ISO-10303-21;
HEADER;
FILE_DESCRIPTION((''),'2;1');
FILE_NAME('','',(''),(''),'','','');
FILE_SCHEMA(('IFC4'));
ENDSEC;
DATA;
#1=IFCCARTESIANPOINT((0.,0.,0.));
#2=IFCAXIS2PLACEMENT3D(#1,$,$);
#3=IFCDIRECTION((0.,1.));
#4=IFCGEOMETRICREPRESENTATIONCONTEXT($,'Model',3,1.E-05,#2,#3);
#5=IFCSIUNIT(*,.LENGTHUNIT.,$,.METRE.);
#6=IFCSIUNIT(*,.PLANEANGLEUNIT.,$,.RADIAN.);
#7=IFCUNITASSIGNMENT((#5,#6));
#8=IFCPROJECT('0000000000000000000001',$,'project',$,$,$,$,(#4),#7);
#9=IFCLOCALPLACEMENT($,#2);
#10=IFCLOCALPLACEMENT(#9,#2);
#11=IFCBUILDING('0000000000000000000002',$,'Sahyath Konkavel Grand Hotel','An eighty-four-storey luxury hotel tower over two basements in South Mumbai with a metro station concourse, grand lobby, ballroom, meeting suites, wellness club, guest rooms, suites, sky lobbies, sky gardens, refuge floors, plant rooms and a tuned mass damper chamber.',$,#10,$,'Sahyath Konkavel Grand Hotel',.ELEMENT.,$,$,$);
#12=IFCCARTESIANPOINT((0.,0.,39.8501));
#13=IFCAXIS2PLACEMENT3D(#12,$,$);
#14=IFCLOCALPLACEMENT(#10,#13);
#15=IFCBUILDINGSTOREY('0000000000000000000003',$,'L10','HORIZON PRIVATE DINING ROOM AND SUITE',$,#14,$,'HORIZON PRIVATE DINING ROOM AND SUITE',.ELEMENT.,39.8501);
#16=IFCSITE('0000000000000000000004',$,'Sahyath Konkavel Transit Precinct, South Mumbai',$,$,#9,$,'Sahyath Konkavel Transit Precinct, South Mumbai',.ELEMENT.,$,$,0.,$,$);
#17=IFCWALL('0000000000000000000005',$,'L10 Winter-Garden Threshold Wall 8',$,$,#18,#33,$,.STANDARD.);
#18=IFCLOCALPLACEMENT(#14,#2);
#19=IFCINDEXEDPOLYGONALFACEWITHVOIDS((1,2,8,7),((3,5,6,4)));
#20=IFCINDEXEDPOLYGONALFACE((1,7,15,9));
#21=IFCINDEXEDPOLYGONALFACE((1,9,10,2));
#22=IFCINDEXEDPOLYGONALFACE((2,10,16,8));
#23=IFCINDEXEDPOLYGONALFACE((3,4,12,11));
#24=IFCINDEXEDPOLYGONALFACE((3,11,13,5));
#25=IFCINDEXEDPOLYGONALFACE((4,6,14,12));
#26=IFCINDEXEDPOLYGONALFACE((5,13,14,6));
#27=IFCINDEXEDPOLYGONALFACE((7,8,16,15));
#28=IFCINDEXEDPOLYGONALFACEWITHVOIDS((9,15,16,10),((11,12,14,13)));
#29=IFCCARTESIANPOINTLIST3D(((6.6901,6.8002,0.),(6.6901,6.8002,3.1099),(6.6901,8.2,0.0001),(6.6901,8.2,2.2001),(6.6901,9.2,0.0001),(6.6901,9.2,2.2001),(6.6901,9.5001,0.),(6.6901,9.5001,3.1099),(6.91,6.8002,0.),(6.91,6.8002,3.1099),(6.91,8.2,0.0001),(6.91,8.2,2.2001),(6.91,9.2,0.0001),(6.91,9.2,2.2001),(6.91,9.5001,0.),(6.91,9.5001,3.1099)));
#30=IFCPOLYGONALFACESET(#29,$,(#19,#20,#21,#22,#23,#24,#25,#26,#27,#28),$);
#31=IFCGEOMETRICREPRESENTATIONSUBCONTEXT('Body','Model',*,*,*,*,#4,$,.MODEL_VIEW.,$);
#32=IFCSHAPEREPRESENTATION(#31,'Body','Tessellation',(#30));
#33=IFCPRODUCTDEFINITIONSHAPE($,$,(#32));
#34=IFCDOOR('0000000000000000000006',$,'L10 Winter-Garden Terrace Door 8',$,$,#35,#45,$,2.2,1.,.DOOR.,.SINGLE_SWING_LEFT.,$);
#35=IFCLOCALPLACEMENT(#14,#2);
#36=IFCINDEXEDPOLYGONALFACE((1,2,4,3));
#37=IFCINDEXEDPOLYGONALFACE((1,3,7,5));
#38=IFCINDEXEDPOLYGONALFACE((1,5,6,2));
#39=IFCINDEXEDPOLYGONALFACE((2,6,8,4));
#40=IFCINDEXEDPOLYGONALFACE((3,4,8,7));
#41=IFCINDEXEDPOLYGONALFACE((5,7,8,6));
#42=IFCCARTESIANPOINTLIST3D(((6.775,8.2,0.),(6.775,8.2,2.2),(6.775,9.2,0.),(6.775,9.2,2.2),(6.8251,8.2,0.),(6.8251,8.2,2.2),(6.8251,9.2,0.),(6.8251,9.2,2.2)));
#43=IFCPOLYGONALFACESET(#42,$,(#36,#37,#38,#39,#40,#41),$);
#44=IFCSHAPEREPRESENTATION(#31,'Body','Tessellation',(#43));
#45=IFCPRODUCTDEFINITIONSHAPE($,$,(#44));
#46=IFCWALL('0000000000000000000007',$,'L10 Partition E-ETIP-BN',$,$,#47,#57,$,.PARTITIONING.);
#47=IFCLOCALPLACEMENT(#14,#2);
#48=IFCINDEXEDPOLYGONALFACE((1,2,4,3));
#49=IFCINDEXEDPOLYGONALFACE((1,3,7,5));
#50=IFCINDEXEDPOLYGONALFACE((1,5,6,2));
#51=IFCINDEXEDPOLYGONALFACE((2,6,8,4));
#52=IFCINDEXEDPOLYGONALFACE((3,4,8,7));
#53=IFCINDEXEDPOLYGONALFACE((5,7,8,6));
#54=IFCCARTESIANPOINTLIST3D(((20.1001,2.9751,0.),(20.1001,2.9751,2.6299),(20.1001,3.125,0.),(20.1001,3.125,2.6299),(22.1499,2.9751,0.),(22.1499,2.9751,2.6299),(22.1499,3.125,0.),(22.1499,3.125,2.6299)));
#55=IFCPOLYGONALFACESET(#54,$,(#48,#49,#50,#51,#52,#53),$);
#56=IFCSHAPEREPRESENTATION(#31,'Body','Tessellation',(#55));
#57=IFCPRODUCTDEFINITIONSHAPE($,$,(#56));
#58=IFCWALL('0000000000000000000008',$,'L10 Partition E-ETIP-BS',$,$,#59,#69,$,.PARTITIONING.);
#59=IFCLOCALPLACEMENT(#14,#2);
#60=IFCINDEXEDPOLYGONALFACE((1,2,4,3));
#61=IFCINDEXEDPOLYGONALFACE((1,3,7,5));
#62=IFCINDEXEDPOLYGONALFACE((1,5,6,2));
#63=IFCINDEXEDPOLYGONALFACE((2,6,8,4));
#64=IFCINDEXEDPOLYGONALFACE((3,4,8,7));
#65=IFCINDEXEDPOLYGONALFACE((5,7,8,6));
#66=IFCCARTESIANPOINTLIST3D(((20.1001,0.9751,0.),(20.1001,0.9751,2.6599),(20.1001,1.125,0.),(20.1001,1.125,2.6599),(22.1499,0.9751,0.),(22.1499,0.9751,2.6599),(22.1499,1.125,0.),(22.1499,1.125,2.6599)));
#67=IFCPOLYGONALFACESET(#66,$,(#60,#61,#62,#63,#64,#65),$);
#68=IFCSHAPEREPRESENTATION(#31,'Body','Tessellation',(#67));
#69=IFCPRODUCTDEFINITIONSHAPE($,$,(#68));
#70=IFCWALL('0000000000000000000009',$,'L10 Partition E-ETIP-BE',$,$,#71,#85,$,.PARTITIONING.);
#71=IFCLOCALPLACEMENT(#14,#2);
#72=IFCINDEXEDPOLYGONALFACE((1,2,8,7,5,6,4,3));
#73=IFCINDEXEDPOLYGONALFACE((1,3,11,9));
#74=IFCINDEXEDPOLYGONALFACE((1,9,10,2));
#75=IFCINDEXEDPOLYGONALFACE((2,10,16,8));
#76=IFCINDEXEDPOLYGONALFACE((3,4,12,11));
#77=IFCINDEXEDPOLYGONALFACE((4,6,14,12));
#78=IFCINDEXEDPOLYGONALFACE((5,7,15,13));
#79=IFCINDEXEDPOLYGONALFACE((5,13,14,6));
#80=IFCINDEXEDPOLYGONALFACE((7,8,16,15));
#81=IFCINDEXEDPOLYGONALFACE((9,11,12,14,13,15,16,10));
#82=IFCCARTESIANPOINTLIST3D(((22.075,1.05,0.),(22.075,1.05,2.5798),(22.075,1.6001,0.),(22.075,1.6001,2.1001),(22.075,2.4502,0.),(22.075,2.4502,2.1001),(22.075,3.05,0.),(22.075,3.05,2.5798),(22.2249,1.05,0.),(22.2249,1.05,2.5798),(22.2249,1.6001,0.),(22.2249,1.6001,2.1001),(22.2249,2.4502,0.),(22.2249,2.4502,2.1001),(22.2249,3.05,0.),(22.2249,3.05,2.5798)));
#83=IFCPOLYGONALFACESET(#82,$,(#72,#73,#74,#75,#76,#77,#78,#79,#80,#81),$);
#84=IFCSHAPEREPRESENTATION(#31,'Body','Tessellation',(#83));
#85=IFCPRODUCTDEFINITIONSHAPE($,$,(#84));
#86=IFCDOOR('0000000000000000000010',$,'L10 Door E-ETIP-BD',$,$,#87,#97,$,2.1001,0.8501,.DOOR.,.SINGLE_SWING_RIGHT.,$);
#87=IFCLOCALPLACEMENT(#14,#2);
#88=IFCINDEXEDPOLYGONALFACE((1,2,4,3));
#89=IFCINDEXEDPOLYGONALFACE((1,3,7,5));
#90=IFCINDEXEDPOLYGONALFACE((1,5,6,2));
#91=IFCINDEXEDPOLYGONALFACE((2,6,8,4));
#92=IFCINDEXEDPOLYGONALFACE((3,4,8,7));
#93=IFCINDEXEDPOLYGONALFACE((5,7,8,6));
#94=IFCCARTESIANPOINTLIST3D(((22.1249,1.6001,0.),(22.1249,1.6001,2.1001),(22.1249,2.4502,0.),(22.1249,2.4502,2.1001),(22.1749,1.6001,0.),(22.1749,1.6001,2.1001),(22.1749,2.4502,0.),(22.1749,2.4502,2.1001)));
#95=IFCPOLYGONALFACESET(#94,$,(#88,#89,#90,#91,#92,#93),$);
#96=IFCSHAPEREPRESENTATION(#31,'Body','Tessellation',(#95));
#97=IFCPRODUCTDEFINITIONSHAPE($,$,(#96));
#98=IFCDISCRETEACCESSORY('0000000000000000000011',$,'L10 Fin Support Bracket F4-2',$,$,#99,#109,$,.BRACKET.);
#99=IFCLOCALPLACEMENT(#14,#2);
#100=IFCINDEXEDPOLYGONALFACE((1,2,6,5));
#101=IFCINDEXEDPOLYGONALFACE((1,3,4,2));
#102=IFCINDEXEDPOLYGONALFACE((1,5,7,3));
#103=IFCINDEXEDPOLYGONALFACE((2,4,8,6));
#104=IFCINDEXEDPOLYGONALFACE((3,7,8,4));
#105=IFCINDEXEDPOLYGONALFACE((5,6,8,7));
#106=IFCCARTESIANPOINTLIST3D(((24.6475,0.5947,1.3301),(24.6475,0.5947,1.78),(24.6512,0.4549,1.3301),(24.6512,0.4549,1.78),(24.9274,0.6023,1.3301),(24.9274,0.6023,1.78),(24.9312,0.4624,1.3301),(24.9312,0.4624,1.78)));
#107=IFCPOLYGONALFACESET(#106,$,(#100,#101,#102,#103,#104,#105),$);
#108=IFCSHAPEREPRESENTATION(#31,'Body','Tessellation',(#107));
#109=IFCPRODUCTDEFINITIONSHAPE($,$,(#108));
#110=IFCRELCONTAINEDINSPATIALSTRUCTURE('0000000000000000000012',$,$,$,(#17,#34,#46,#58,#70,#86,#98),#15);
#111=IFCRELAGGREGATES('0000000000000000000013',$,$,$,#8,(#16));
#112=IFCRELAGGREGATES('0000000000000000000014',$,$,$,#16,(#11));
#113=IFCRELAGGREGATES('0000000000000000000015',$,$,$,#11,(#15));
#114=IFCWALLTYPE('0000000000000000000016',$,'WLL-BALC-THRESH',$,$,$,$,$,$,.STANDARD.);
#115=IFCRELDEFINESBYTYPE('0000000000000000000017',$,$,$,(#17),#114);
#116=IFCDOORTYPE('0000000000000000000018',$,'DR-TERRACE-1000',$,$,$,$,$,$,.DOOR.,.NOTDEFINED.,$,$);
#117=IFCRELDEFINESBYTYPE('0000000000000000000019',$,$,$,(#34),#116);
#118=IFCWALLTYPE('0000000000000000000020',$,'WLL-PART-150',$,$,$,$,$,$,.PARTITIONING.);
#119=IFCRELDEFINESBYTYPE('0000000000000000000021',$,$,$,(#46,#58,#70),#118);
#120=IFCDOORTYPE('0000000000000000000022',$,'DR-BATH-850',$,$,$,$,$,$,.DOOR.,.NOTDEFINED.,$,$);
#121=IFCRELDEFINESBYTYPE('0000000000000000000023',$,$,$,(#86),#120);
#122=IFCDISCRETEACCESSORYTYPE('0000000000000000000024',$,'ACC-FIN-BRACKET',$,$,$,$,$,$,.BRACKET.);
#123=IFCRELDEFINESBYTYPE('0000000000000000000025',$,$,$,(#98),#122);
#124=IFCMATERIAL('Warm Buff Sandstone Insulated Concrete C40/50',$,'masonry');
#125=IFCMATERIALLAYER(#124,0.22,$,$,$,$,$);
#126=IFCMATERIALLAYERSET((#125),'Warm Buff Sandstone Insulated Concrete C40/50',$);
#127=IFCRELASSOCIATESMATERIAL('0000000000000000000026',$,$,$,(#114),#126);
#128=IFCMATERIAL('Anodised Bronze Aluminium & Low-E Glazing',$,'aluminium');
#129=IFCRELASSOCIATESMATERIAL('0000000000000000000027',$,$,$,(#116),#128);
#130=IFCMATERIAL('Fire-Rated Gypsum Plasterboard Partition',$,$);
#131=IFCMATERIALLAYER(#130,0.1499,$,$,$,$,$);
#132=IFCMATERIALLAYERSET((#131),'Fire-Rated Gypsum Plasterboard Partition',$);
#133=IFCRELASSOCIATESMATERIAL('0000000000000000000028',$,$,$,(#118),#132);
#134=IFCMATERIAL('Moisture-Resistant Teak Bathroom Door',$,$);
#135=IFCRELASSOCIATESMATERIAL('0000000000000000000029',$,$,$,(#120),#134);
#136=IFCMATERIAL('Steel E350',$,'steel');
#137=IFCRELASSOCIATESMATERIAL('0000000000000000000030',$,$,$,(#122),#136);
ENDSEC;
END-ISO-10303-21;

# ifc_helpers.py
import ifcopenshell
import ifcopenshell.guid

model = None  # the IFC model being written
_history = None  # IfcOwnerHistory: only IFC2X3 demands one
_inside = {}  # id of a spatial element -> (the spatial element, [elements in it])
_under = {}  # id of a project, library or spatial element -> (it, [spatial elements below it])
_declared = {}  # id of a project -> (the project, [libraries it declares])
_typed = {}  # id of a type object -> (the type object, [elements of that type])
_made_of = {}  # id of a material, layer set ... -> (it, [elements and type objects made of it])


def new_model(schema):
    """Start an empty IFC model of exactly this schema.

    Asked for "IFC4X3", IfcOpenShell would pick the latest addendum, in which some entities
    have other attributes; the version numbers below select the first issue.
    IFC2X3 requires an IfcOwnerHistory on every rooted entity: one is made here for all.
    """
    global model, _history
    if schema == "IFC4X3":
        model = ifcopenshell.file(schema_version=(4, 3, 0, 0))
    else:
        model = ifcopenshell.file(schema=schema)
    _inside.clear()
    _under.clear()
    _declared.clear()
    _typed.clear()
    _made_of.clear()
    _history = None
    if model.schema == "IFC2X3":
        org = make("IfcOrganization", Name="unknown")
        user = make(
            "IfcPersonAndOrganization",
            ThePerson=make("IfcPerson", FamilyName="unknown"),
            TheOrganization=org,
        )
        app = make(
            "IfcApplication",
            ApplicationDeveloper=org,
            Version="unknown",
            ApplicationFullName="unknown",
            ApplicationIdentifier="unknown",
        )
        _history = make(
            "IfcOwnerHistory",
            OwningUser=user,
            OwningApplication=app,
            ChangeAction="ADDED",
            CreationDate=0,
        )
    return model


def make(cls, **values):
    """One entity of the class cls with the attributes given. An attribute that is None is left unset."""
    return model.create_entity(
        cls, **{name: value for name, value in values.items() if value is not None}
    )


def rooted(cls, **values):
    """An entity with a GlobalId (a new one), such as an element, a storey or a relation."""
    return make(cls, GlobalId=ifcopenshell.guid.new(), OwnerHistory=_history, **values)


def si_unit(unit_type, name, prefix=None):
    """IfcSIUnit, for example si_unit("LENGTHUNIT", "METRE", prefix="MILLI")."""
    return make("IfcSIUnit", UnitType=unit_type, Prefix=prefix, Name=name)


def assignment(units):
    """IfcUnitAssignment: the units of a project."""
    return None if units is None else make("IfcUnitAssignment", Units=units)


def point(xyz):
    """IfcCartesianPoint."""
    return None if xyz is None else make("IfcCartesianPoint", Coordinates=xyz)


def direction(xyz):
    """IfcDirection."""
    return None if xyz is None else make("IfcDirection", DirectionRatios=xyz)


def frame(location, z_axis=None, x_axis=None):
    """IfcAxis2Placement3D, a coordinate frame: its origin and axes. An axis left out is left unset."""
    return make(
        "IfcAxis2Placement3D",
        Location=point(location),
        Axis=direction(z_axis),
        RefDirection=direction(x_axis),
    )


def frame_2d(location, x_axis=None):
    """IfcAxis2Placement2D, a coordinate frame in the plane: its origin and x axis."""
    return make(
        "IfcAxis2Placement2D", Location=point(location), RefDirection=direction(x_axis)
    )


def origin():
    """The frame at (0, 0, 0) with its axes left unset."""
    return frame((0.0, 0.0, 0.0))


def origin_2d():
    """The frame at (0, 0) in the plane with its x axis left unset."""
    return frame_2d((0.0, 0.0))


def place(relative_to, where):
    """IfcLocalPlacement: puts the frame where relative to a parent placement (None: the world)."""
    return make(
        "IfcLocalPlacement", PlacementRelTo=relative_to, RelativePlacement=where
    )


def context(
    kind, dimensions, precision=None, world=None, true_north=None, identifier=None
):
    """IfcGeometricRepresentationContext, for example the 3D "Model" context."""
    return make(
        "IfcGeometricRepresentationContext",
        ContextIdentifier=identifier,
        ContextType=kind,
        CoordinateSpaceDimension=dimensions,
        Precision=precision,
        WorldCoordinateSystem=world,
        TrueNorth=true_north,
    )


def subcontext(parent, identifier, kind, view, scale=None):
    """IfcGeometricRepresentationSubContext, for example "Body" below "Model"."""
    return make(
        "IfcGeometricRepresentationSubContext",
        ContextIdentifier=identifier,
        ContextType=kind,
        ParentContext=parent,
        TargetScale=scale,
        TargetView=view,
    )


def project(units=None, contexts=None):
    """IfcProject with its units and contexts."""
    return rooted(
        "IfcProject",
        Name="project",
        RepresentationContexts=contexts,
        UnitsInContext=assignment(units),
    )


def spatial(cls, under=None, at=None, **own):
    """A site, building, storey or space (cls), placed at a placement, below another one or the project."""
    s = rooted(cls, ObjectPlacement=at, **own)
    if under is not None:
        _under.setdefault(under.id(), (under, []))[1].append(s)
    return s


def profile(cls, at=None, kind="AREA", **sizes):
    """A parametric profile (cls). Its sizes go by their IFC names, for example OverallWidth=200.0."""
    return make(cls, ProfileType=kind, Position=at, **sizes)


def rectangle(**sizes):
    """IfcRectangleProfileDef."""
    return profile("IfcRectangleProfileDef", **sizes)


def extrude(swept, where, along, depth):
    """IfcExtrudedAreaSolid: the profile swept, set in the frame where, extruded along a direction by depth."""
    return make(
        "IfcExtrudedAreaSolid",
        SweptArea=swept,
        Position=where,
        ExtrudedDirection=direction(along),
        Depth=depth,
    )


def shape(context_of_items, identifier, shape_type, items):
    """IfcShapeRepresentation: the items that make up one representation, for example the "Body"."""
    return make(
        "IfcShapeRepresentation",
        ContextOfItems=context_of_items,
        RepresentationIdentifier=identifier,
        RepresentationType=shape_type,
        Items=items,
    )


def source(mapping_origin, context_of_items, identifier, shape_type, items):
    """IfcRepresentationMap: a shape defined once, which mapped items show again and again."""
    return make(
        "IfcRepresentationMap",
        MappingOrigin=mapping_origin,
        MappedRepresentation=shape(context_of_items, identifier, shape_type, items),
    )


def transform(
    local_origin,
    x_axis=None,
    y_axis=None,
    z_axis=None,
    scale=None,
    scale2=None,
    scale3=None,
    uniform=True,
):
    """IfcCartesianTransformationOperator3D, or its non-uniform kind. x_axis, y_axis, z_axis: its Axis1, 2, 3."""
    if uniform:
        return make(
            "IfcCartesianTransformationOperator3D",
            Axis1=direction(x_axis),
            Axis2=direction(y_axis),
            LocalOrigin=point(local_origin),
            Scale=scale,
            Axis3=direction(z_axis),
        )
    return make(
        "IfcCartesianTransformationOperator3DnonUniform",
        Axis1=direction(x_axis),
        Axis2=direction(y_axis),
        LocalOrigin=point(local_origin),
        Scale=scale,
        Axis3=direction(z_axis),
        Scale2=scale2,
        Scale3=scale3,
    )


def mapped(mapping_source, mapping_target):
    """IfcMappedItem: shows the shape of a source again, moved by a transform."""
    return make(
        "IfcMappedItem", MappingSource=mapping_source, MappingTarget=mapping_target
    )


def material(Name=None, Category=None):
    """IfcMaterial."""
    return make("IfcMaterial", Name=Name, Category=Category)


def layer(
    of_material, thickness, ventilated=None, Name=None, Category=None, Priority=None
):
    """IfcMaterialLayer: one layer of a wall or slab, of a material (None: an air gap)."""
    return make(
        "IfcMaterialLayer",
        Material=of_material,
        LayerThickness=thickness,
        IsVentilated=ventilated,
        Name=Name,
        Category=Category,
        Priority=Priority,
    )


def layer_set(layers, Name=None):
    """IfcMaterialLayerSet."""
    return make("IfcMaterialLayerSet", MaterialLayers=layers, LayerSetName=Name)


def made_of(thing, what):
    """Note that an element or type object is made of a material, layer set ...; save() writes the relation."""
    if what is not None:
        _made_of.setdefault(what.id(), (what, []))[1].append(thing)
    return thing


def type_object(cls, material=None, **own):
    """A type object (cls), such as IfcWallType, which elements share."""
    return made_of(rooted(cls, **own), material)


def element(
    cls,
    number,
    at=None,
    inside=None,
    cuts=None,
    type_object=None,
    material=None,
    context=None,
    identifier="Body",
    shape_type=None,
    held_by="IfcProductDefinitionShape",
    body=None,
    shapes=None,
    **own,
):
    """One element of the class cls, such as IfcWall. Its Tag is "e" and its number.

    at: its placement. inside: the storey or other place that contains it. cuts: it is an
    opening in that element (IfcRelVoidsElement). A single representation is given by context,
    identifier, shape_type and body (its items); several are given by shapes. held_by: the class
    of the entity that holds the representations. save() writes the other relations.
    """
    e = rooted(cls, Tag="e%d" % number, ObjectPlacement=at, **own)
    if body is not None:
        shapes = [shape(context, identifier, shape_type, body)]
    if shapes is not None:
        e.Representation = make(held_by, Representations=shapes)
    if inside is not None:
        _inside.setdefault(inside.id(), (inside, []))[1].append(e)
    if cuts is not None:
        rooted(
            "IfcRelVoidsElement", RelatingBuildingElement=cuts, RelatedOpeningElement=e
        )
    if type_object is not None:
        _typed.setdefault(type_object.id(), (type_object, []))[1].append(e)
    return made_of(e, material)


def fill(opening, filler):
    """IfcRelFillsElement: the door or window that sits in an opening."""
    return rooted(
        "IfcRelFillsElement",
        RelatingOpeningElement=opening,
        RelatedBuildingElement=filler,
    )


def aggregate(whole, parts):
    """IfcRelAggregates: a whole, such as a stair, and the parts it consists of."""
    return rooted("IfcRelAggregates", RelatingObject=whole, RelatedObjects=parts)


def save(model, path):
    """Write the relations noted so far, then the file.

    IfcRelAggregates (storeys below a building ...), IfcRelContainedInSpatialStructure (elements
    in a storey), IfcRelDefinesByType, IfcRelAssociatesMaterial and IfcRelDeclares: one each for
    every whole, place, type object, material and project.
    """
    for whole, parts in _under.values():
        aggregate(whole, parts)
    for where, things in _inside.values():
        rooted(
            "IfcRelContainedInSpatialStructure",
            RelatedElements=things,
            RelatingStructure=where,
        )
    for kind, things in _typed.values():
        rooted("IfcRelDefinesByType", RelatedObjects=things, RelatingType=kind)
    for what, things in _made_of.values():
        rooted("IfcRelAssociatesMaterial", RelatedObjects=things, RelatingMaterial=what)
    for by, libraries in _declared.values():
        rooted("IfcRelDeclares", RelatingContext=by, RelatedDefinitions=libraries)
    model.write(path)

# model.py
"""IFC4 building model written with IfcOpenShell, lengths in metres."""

from ifc_helpers import new_model, si_unit, direction, frame, frame_2d, origin, origin_2d, place, context, subcontext, project, spatial, rectangle, extrude, source, transform, mapped, material, layer, layer_set, type_object, element, fill, save


model = new_model("IFC4")

# Units and contexts
model_context = context("Model", 3, precision=1e-05, world=origin(), true_north=direction((0.0, 1.0)))
body_context = subcontext(model_context, "Body", "Model", "MODEL_VIEW")
ifc_project = project(units=[si_unit("LENGTHUNIT", "METRE"), si_unit("PLANEANGLEUNIT", "RADIAN")], contexts=[model_context])

# Site, building, storey
site_placement = place(None, origin())
site = spatial("IfcSite", under=ifc_project, at=site_placement, Name="Sahyath Konkavel Transit Precinct, South Mumbai", LongName="Sahyath Konkavel Transit Precinct, South Mumbai", CompositionType="ELEMENT", RefElevation=0.0)
building_placement = place(site_placement, origin())
building = spatial("IfcBuilding", under=site, at=building_placement, Name="Sahyath Konkavel Grand Hotel", Description="An eighty-four-storey luxury hotel tower over two basements in South Mumbai with a metro station concourse, grand lobby, ballroom, meeting suites, wellness club, guest rooms, suites, sky lobbies, sky gardens, refuge floors, plant rooms and a tuned mass damper chamber.", LongName="Sahyath Konkavel Grand Hotel", CompositionType="ELEMENT")
storey_placement = place(building_placement, frame((0.0, 0.0, 39.8501)))
storey = spatial("IfcBuildingStorey", under=building, at=storey_placement, Name="L10", Description="HORIZON PRIVATE DINING ROOM AND SUITE", LongName="HORIZON PRIVATE DINING ROOM AND SUITE", CompositionType="ELEMENT", Elevation=39.8501)

# Shared definitions
ifc_material_1 = material(Name="Steel E350", Category="steel")

# Shared definitions
ifc_material_2 = material(Name="Anodised Bronze Aluminium & Low-E Glazing", Category="aluminium")

# Shared definitions
ifc_material_3 = material(Name="Warm Buff Sandstone Insulated Concrete C40/50", Category="masonry")
ifc_layer_1 = layer(ifc_material_3, 0.22)
ifc_layer_set_1 = layer_set([ifc_layer_1], Name="Warm Buff Sandstone Insulated Concrete C40/50")
wall_type_1 = type_object("IfcWallType", Name="WLL-BALC-THRESH", PredefinedType="STANDARD", material=ifc_layer_set_1)

# Wall, opening, door
wall_1_placement = place(storey_placement, frame((6.8, 6.8, 0.0), z_axis=(0.0, 0.0, 1.0), x_axis=(0.0, 1.0, 0.0)))
wall_1 = element("IfcWall", 1, at=wall_1_placement, inside=storey, type_object=wall_type_1, Name="L10 Winter-Garden Threshold Wall 8", PredefinedType="STANDARD", context=body_context, shape_type="SweptSolid", body=[
    extrude(rectangle(XDim=2.7, YDim=0.22, at=frame_2d((1.3501, 0.0))), origin(), (0.0, 0.0, 1.0), 3.1099),
])
opening_1_placement = place(wall_1_placement, frame((1.3999, 0.0, 0.0)))
opening_1 = element("IfcOpeningElement", 2, at=opening_1_placement, cuts=wall_1, PredefinedType="OPENING", context=body_context, shape_type="SweptSolid", body=[
    extrude(rectangle(XDim=1.0, YDim=2.2, at=frame_2d((0.5, 1.1001))), frame((0.0, 0.1201, 0.0), z_axis=(0.0, -1.0, 0.0), x_axis=(1.0, 0.0, 0.0)), (0.0, 0.0, 1.0), 0.24),
])
door_type_1 = type_object("IfcDoorType", Name="DR-TERRACE-1000", OperationType="NOTDEFINED", PredefinedType="DOOR", material=ifc_material_2)
shared_shape_1 = source(origin(), body_context, "Body", "SweptSolid", [
    extrude(rectangle(XDim=1.0, YDim=0.05, at=origin_2d()), origin(), (0.0, 0.0, 1.0), 2.2),
])
door_1_placement = place(opening_1_placement, frame((0.5, 0.0, 0.0)))
door_1 = element("IfcDoor", 3, at=door_1_placement, inside=storey, type_object=door_type_1, Name="L10 Winter-Garden Terrace Door 8", OperationType="SINGLE_SWING_LEFT", OverallHeight=2.2, OverallWidth=1.0, PredefinedType="DOOR", context=body_context, shape_type="MappedRepresentation", body=[
    mapped(shared_shape_1, transform((0.0, 0.0, 0.0), scale=1.0)),
])
fill(opening_1, door_1)

# Walls
ifc_material_4 = material(Name="Fire-Rated Gypsum Plasterboard Partition")
ifc_layer_2 = layer(ifc_material_4, 0.1499)
ifc_layer_set_2 = layer_set([ifc_layer_2], Name="Fire-Rated Gypsum Plasterboard Partition")
wall_type_2 = type_object("IfcWallType", Name="WLL-PART-150", PredefinedType="PARTITIONING", material=ifc_layer_set_2)
wall_2_placement = place(storey_placement, frame((20.1001, 3.05, 0.0), z_axis=(0.0, 0.0, 1.0), x_axis=(1.0, 0.0, 0.0)))
element("IfcWall", 4, at=wall_2_placement, inside=storey, type_object=wall_type_2, Name="L10 Partition E-ETIP-BN", PredefinedType="PARTITIONING", context=body_context, shape_type="SweptSolid", body=[
    extrude(rectangle(XDim=2.0498, YDim=0.1499, at=frame_2d((1.0249, 0.0))), origin(), (0.0, 0.0, 1.0), 2.6299),
])
wall_3_placement = place(storey_placement, frame((20.1001, 1.05, 0.0), z_axis=(0.0, 0.0, 1.0), x_axis=(1.0, 0.0, 0.0)))
element("IfcWall", 5, at=wall_3_placement, inside=storey, type_object=wall_type_2, Name="L10 Partition E-ETIP-BS", PredefinedType="PARTITIONING", context=body_context, shape_type="SweptSolid", body=[
    extrude(rectangle(XDim=2.0498, YDim=0.1499, at=frame_2d((1.0249, 0.0))), origin(), (0.0, 0.0, 1.0), 2.6599),
])

# Wall, opening, door
wall_4_placement = place(storey_placement, frame((22.1499, 1.05, 0.0), z_axis=(0.0, 0.0, 1.0), x_axis=(0.0, 1.0, 0.0)))
wall_4 = element("IfcWall", 6, at=wall_4_placement, inside=storey, type_object=wall_type_2, Name="L10 Partition E-ETIP-BE", PredefinedType="PARTITIONING", context=body_context, shape_type="SweptSolid", body=[
    extrude(rectangle(XDim=2.0, YDim=0.1499, at=frame_2d((1.0, 0.0))), origin(), (0.0, 0.0, 1.0), 2.5798),
])
opening_2_placement = place(wall_4_placement, frame((0.55, 0.0, 0.0)))
opening_2 = element("IfcOpeningElement", 7, at=opening_2_placement, cuts=wall_4, PredefinedType="OPENING", context=body_context, shape_type="SweptSolid", body=[
    extrude(rectangle(XDim=0.8501, YDim=2.1001, at=frame_2d((0.425, 1.05))), frame((0.0, 0.085, 0.0), z_axis=(0.0, -1.0, 0.0), x_axis=(1.0, 0.0, 0.0)), (0.0, 0.0, 1.0), 0.1699),
])
ifc_material_5 = material(Name="Moisture-Resistant Teak Bathroom Door")
door_type_2 = type_object("IfcDoorType", Name="DR-BATH-850", OperationType="NOTDEFINED", PredefinedType="DOOR", material=ifc_material_5)
shared_shape_2 = source(origin(), body_context, "Body", "SweptSolid", [
    extrude(rectangle(XDim=0.8501, YDim=0.05, at=origin_2d()), origin(), (0.0, 0.0, 1.0), 2.1001),
])
door_2_placement = place(opening_2_placement, frame((0.425, 0.0, 0.0)))
door_2 = element("IfcDoor", 8, at=door_2_placement, inside=storey, type_object=door_type_2, Name="L10 Door E-ETIP-BD", OperationType="SINGLE_SWING_RIGHT", OverallHeight=2.1001, OverallWidth=0.8501, PredefinedType="DOOR", context=body_context, shape_type="MappedRepresentation", body=[
    mapped(shared_shape_2, transform((0.0, 0.0, 0.0), scale=1.0)),
])
fill(opening_2, door_2)

# Discrete accessory
discrete_accessory_type = type_object("IfcDiscreteAccessoryType", Name="ACC-FIN-BRACKET", PredefinedType="BRACKET", material=ifc_material_1)
shared_shape_3 = source(origin(), body_context, "Body", "SweptSolid", [
    extrude(rectangle(XDim=0.28, YDim=0.1399, at=origin_2d()), origin(), (0.0, 0.0, 1.0), 0.45),
])
discrete_accessory_placement = place(storey_placement, frame((24.7893, 0.5286, 1.3301), z_axis=(0.0, 0.0, 1.0), x_axis=(0.999638, 0.02691, 0.0)))
element("IfcDiscreteAccessory", 9, at=discrete_accessory_placement, inside=storey, type_object=discrete_accessory_type, Name="L10 Fin Support Bracket F4-2", PredefinedType="BRACKET", context=body_context, shape_type="MappedRepresentation", body=[
    mapped(shared_shape_3, transform((0.0, 0.0, 0.0), scale=1.0)),
])

save(model, "model.ifc")
